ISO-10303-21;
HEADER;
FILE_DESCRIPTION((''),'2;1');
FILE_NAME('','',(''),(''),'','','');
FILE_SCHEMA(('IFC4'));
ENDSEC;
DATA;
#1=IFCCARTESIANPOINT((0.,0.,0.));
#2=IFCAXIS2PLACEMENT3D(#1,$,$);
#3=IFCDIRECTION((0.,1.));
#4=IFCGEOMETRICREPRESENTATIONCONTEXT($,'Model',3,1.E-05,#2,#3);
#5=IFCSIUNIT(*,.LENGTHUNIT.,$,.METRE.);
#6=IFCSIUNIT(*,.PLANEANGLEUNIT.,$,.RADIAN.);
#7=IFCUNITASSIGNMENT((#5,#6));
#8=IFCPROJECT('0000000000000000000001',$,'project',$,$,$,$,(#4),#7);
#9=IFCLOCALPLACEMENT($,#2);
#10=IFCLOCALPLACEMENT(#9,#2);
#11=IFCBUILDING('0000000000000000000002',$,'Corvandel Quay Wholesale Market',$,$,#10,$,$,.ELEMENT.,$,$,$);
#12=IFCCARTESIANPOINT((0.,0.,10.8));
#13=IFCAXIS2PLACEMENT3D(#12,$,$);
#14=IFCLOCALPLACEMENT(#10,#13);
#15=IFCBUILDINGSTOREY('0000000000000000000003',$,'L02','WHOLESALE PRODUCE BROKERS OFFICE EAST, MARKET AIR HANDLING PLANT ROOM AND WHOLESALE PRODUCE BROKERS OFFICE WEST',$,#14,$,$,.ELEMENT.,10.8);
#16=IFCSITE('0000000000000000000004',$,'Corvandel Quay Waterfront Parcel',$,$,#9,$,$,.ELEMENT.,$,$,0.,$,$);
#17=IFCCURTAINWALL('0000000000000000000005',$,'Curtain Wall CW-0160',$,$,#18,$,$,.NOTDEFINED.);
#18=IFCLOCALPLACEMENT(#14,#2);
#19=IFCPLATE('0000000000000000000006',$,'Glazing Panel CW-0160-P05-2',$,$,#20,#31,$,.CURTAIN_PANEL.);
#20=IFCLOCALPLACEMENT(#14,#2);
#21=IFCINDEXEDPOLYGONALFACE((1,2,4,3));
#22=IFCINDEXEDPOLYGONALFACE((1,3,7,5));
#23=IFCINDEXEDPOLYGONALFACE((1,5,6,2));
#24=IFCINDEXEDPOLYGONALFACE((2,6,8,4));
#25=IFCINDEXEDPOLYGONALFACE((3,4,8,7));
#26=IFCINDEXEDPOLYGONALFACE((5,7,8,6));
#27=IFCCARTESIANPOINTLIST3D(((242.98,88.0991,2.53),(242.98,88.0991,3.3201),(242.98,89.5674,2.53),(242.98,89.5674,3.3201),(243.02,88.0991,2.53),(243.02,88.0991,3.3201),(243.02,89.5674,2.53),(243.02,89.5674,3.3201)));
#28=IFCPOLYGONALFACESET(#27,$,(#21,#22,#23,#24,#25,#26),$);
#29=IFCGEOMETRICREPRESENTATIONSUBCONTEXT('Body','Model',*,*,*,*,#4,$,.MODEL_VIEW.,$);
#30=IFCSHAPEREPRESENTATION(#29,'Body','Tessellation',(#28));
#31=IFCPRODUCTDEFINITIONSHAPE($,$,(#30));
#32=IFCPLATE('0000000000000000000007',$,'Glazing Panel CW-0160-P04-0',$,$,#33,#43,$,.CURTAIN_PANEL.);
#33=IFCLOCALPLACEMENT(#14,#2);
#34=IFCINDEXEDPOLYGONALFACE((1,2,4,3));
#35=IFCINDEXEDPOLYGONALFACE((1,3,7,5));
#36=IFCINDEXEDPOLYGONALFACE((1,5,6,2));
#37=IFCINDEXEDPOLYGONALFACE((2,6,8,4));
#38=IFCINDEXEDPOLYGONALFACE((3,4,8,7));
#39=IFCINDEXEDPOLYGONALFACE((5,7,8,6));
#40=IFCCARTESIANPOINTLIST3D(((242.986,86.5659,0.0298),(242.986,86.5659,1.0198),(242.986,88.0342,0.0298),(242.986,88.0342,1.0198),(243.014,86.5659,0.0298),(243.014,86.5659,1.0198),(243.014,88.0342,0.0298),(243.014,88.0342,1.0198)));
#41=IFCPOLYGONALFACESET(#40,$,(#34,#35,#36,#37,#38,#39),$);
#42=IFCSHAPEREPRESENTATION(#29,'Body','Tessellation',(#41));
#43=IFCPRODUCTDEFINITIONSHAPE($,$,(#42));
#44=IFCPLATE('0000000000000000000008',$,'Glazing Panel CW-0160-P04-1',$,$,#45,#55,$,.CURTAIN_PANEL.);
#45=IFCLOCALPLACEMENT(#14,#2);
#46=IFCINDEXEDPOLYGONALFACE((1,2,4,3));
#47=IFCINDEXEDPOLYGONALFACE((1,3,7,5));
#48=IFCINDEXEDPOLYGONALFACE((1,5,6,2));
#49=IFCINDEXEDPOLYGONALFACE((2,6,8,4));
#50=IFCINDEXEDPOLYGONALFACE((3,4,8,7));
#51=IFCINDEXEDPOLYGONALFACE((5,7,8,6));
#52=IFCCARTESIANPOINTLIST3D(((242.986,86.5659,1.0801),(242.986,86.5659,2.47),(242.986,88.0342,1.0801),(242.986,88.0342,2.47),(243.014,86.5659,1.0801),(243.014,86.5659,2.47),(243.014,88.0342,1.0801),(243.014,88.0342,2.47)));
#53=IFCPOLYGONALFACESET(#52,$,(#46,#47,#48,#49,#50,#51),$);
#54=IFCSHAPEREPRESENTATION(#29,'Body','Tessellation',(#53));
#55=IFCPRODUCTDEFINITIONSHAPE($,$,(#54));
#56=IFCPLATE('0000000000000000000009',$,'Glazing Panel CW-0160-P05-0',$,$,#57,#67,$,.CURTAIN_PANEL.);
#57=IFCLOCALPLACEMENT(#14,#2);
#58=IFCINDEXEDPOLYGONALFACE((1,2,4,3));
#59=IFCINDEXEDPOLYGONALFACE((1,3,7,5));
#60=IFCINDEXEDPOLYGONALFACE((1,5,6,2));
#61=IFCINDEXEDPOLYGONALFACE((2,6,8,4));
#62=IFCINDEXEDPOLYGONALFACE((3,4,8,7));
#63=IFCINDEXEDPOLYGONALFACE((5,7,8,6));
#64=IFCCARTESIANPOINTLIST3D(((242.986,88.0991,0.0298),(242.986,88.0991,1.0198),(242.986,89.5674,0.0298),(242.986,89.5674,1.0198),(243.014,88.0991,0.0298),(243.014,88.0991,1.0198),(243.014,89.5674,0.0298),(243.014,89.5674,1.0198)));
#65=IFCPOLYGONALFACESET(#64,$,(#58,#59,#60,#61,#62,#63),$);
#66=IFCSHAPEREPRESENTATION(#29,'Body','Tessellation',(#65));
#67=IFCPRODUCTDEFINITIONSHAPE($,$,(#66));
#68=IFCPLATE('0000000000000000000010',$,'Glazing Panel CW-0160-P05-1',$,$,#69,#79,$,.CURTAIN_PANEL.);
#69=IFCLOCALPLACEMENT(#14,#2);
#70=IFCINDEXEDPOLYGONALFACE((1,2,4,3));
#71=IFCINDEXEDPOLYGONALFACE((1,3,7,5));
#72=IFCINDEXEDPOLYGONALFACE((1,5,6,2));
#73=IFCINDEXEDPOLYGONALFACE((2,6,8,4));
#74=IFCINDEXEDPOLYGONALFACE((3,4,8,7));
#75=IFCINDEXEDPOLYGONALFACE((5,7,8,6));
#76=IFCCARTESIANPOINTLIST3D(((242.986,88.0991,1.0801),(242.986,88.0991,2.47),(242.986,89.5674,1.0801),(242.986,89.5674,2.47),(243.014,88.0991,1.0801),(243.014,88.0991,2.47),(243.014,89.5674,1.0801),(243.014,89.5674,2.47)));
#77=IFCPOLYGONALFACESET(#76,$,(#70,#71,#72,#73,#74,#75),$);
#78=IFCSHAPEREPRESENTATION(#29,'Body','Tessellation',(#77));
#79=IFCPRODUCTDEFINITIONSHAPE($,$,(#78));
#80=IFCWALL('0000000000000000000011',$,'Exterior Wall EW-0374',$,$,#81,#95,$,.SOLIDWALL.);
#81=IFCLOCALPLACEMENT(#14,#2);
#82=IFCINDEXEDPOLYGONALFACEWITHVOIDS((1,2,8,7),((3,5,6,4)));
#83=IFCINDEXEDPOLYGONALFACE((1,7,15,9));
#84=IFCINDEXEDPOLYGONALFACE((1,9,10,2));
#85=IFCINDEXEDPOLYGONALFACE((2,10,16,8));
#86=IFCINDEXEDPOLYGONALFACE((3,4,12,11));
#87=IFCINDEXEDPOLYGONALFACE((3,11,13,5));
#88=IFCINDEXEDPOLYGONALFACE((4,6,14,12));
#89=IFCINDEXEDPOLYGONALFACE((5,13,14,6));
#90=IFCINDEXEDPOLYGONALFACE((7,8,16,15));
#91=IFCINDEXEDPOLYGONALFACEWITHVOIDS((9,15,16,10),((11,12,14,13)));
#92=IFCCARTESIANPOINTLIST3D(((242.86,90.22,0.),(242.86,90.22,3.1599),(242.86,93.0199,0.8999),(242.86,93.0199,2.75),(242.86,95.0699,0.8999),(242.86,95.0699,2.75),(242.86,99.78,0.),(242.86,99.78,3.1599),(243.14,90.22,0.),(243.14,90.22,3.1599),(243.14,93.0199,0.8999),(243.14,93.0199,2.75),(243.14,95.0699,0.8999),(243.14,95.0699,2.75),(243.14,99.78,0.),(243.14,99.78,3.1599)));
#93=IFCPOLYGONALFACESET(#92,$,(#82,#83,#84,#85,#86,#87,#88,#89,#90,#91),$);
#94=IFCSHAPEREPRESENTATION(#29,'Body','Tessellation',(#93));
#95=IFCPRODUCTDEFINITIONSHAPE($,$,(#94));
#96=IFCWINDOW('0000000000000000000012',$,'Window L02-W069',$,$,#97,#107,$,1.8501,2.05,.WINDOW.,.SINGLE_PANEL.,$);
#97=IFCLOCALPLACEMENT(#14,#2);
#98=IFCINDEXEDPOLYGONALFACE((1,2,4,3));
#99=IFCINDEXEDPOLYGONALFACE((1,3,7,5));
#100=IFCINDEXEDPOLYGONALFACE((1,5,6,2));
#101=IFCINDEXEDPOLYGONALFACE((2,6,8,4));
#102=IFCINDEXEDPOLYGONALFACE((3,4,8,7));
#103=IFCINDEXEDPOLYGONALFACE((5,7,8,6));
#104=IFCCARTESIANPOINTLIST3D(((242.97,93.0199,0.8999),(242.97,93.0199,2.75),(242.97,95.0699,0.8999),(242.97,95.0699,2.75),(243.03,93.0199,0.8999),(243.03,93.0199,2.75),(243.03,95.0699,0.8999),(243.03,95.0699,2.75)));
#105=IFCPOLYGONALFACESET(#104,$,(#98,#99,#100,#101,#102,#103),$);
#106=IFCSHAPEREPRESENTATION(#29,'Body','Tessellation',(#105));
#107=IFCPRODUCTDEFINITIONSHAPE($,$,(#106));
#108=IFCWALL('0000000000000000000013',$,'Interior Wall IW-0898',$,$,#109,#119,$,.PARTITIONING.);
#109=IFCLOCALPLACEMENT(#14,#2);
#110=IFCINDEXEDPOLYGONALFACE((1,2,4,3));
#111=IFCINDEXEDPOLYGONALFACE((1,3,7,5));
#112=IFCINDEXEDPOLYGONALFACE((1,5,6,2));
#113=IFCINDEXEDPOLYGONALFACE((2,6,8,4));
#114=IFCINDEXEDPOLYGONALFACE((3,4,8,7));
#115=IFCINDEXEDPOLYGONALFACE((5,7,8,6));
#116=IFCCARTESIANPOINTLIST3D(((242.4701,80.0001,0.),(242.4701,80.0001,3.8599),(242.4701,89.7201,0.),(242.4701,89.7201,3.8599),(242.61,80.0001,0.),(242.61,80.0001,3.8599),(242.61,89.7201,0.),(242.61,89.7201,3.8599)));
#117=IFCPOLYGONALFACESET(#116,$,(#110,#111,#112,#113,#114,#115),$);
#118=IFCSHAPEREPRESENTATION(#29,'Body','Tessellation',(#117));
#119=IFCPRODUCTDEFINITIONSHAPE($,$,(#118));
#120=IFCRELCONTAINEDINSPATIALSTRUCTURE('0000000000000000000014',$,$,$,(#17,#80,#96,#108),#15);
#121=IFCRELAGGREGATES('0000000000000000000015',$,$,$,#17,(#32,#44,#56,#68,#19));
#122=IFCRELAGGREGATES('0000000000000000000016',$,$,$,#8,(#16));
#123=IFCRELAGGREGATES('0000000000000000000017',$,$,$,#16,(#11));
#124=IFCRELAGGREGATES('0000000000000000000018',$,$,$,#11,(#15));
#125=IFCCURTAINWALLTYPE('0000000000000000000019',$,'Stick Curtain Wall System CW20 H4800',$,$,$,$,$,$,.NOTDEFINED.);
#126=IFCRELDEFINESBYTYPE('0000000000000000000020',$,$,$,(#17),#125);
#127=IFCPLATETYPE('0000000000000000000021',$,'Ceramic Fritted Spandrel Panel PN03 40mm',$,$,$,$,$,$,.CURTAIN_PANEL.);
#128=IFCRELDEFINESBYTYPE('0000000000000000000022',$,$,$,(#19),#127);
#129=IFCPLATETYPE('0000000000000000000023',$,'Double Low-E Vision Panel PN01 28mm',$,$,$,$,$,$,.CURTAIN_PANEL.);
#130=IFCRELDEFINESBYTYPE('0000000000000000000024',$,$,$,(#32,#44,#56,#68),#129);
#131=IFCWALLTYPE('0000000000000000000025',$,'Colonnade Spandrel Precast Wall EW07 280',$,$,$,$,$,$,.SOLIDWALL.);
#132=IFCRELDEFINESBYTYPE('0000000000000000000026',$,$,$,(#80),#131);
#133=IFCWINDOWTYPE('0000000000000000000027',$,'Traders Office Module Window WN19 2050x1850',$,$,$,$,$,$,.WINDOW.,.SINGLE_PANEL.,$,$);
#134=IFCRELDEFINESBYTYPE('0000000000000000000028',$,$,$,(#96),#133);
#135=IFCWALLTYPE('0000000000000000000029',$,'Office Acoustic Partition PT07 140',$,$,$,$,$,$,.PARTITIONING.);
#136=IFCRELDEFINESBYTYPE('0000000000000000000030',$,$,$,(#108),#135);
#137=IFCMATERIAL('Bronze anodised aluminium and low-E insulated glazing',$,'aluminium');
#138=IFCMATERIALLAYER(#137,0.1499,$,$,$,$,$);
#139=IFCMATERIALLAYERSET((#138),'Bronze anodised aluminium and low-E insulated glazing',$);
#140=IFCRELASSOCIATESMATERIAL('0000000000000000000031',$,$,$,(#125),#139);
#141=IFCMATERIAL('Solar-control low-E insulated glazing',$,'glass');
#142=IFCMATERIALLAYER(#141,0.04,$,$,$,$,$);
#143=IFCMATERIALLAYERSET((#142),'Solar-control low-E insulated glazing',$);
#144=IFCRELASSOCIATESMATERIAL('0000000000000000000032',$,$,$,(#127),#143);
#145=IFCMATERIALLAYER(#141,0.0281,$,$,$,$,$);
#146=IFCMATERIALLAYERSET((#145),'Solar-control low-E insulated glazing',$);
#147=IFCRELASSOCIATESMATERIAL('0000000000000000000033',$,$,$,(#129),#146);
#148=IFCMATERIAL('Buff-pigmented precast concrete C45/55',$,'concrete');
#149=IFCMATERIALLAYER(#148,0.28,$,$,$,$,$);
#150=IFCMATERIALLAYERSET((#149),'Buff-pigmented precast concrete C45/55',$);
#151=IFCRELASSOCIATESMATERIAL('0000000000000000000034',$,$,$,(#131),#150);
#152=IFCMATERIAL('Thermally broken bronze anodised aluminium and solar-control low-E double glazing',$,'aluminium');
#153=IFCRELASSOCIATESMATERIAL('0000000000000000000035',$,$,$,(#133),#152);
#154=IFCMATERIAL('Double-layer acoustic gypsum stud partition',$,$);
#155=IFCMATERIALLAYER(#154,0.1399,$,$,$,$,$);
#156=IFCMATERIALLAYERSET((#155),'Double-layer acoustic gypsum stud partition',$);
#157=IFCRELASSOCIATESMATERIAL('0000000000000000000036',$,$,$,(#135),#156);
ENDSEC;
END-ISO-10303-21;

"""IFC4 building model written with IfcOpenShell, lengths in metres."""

from ifc_helpers import new_model, si_unit, direction, frame, frame_2d, origin, origin_2d, place, context, subcontext, project, spatial, rectangle, extrude, material, layer, layer_set, type_object, element, fill, aggregate, save


model = new_model("IFC4")

# Units and contexts
model_context = context("Model", 3, precision=1e-05, world=origin(), true_north=direction((0.0, 1.0)))
body_context = subcontext(model_context, "Body", "Model", "MODEL_VIEW")
ifc_project = project(units=[si_unit("LENGTHUNIT", "METRE"), si_unit("PLANEANGLEUNIT", "RADIAN")], contexts=[model_context])

# Site, building, storey
site_placement = place(None, origin())
site = spatial("IfcSite", under=ifc_project, at=site_placement, Name="Corvandel Quay Waterfront Parcel", CompositionType="ELEMENT", RefElevation=0.0)
building_placement = place(site_placement, origin())
building = spatial("IfcBuilding", under=site, at=building_placement, Name="Corvandel Quay Wholesale Market", CompositionType="ELEMENT")
storey_placement = place(building_placement, frame((0.0, 0.0, 10.8)))
storey = spatial("IfcBuildingStorey", under=building, at=storey_placement, Name="L02", Description="WHOLESALE PRODUCE BROKERS OFFICE EAST, MARKET AIR HANDLING PLANT ROOM AND WHOLESALE PRODUCE BROKERS OFFICE WEST", CompositionType="ELEMENT", Elevation=10.8)

# Curtain wall
ifc_material_1 = material(Name="Bronze anodised aluminium and low-E insulated glazing", Category="aluminium")
ifc_layer_1 = layer(ifc_material_1, 0.1499)
ifc_layer_set_1 = layer_set([ifc_layer_1], Name="Bronze anodised aluminium and low-E insulated glazing")
curtain_wall_type = type_object("IfcCurtainWallType", Name="Stick Curtain Wall System CW20 H4800", PredefinedType="NOTDEFINED", material=ifc_layer_set_1)
curtain_wall_placement = place(storey_placement, origin())
curtain_wall = element("IfcCurtainWall", 1, at=curtain_wall_placement, inside=storey, type_object=curtain_wall_type, Name="Curtain Wall CW-0160", PredefinedType="NOTDEFINED")

# Plates
ifc_material_2 = material(Name="Solar-control low-E insulated glazing", Category="glass")
ifc_layer_2 = layer(ifc_material_2, 0.04)
ifc_layer_set_2 = layer_set([ifc_layer_2], Name="Solar-control low-E insulated glazing")
plate_type_1 = type_object("IfcPlateType", Name="Ceramic Fritted Spandrel Panel PN03 40mm", PredefinedType="CURTAIN_PANEL", material=ifc_layer_set_2)
plate_1_placement = place(storey_placement, frame((243.0, 88.8333, 2.53), z_axis=(0.0, 0.0, 1.0), x_axis=(0.0, 1.0, 0.0)))
plate_1 = element("IfcPlate", 2, at=plate_1_placement, type_object=plate_type_1, Name="Glazing Panel CW-0160-P05-2", PredefinedType="CURTAIN_PANEL", context=body_context, shape_type="SweptSolid", body=[
    extrude(rectangle(XDim=1.4683, YDim=0.04, at=origin_2d()), origin(), (0.0, 0.0, 1.0), 0.79),
])
ifc_layer_3 = layer(ifc_material_2, 0.0281)
ifc_layer_set_3 = layer_set([ifc_layer_3], Name="Solar-control low-E insulated glazing")
plate_type_2 = type_object("IfcPlateType", Name="Double Low-E Vision Panel PN01 28mm", PredefinedType="CURTAIN_PANEL", material=ifc_layer_set_3)
plate_2_placement = place(storey_placement, frame((243.0, 87.3, 0.0298), z_axis=(0.0, 0.0, 1.0), x_axis=(0.0, 1.0, 0.0)))
plate_2 = element("IfcPlate", 3, at=plate_2_placement, type_object=plate_type_2, Name="Glazing Panel CW-0160-P04-0", PredefinedType="CURTAIN_PANEL", context=body_context, shape_type="SweptSolid", body=[
    extrude(rectangle(XDim=1.4683, YDim=0.0281, at=origin_2d()), origin(), (0.0, 0.0, 1.0), 0.99),
])
plate_3_placement = place(storey_placement, frame((243.0, 87.3, 1.0801), z_axis=(0.0, 0.0, 1.0), x_axis=(0.0, 1.0, 0.0)))
plate_3 = element("IfcPlate", 4, at=plate_3_placement, type_object=plate_type_2, Name="Glazing Panel CW-0160-P04-1", PredefinedType="CURTAIN_PANEL", context=body_context, shape_type="SweptSolid", body=[
    extrude(rectangle(XDim=1.4683, YDim=0.0281, at=origin_2d()), origin(), (0.0, 0.0, 1.0), 1.3899),
])
plate_4_placement = place(storey_placement, frame((243.0, 88.8333, 0.0298), z_axis=(0.0, 0.0, 1.0), x_axis=(0.0, 1.0, 0.0)))
plate_4 = element("IfcPlate", 5, at=plate_4_placement, type_object=plate_type_2, Name="Glazing Panel CW-0160-P05-0", PredefinedType="CURTAIN_PANEL", context=body_context, shape_type="SweptSolid", body=[
    extrude(rectangle(XDim=1.4683, YDim=0.0281, at=origin_2d()), origin(), (0.0, 0.0, 1.0), 0.99),
])
plate_5_placement = place(storey_placement, frame((243.0, 88.8333, 1.0801), z_axis=(0.0, 0.0, 1.0), x_axis=(0.0, 1.0, 0.0)))
plate_5 = element("IfcPlate", 6, at=plate_5_placement, type_object=plate_type_2, Name="Glazing Panel CW-0160-P05-1", PredefinedType="CURTAIN_PANEL", context=body_context, shape_type="SweptSolid", body=[
    extrude(rectangle(XDim=1.4683, YDim=0.0281, at=origin_2d()), origin(), (0.0, 0.0, 1.0), 1.3899),
])
aggregate(curtain_wall, [plate_2, plate_3, plate_4, plate_5, plate_1])

# Wall, opening, window
ifc_material_3 = material(Name="Buff-pigmented precast concrete C45/55", Category="concrete")
ifc_layer_4 = layer(ifc_material_3, 0.28)
ifc_layer_set_4 = layer_set([ifc_layer_4], Name="Buff-pigmented precast concrete C45/55")
wall_type_1 = type_object("IfcWallType", Name="Colonnade Spandrel Precast Wall EW07 280", PredefinedType="SOLIDWALL", material=ifc_layer_set_4)
wall_1_placement = place(storey_placement, frame((243.0, 90.22, 0.0), z_axis=(0.0, 0.0, 1.0), x_axis=(0.0, 1.0, 0.0)))
wall_1 = element("IfcWall", 7, at=wall_1_placement, inside=storey, type_object=wall_type_1, Name="Exterior Wall EW-0374", PredefinedType="SOLIDWALL", context=body_context, shape_type="SweptSolid", body=[
    extrude(rectangle(XDim=9.5601, YDim=0.28, at=frame_2d((4.78, 0.0))), origin(), (0.0, 0.0, 1.0), 3.1599),
])
opening_placement = place(wall_1_placement, frame((2.8, 0.0, 0.8999)))
opening = element("IfcOpeningElement", 8, at=opening_placement, cuts=wall_1, PredefinedType="OPENING", context=body_context, shape_type="SweptSolid", body=[
    extrude(rectangle(XDim=2.05, YDim=1.8501, at=frame_2d((1.0249, 0.925))), frame((0.0, 0.1499, 0.0), z_axis=(0.0, -1.0, 0.0), x_axis=(1.0, 0.0, 0.0)), (0.0, 0.0, 1.0), 0.3),
])
ifc_material_4 = material(Name="Thermally broken bronze anodised aluminium and solar-control low-E double glazing", Category="aluminium")
window_type = type_object("IfcWindowType", Name="Traders Office Module Window WN19 2050x1850", PartitioningType="SINGLE_PANEL", PredefinedType="WINDOW", material=ifc_material_4)
window_placement = place(opening_placement, origin())
window = element("IfcWindow", 9, at=window_placement, inside=storey, type_object=window_type, Name="Window L02-W069", OverallHeight=1.8501, OverallWidth=2.05, PartitioningType="SINGLE_PANEL", PredefinedType="WINDOW", context=body_context, shape_type="SweptSolid", body=[
    extrude(rectangle(XDim=2.05, YDim=1.8501, at=frame_2d((1.0249, 0.925))), frame((0.0, 0.03, 0.0), z_axis=(0.0, -1.0, 0.0), x_axis=(1.0, 0.0, 0.0)), (0.0, 0.0, 1.0), 0.0601),
])
fill(opening, window)

# Wall
ifc_material_5 = material(Name="Double-layer acoustic gypsum stud partition")
ifc_layer_5 = layer(ifc_material_5, 0.1399)
ifc_layer_set_5 = layer_set([ifc_layer_5], Name="Double-layer acoustic gypsum stud partition")
wall_type_2 = type_object("IfcWallType", Name="Office Acoustic Partition PT07 140", PredefinedType="PARTITIONING", material=ifc_layer_set_5)
wall_2_placement = place(storey_placement, frame((242.54, 89.72, 0.0), z_axis=(0.0, 0.0, 1.0), x_axis=(0.0, -1.0, 0.0)))
element("IfcWall", 10, at=wall_2_placement, inside=storey, type_object=wall_type_2, Name="Interior Wall IW-0898", PredefinedType="PARTITIONING", context=body_context, shape_type="SweptSolid", body=[
    extrude(rectangle(XDim=9.72, YDim=0.1399, at=frame_2d((4.8599, 0.0))), origin(), (0.0, 0.0, 1.0), 3.8599),
])

save(model, "model.ifc")
